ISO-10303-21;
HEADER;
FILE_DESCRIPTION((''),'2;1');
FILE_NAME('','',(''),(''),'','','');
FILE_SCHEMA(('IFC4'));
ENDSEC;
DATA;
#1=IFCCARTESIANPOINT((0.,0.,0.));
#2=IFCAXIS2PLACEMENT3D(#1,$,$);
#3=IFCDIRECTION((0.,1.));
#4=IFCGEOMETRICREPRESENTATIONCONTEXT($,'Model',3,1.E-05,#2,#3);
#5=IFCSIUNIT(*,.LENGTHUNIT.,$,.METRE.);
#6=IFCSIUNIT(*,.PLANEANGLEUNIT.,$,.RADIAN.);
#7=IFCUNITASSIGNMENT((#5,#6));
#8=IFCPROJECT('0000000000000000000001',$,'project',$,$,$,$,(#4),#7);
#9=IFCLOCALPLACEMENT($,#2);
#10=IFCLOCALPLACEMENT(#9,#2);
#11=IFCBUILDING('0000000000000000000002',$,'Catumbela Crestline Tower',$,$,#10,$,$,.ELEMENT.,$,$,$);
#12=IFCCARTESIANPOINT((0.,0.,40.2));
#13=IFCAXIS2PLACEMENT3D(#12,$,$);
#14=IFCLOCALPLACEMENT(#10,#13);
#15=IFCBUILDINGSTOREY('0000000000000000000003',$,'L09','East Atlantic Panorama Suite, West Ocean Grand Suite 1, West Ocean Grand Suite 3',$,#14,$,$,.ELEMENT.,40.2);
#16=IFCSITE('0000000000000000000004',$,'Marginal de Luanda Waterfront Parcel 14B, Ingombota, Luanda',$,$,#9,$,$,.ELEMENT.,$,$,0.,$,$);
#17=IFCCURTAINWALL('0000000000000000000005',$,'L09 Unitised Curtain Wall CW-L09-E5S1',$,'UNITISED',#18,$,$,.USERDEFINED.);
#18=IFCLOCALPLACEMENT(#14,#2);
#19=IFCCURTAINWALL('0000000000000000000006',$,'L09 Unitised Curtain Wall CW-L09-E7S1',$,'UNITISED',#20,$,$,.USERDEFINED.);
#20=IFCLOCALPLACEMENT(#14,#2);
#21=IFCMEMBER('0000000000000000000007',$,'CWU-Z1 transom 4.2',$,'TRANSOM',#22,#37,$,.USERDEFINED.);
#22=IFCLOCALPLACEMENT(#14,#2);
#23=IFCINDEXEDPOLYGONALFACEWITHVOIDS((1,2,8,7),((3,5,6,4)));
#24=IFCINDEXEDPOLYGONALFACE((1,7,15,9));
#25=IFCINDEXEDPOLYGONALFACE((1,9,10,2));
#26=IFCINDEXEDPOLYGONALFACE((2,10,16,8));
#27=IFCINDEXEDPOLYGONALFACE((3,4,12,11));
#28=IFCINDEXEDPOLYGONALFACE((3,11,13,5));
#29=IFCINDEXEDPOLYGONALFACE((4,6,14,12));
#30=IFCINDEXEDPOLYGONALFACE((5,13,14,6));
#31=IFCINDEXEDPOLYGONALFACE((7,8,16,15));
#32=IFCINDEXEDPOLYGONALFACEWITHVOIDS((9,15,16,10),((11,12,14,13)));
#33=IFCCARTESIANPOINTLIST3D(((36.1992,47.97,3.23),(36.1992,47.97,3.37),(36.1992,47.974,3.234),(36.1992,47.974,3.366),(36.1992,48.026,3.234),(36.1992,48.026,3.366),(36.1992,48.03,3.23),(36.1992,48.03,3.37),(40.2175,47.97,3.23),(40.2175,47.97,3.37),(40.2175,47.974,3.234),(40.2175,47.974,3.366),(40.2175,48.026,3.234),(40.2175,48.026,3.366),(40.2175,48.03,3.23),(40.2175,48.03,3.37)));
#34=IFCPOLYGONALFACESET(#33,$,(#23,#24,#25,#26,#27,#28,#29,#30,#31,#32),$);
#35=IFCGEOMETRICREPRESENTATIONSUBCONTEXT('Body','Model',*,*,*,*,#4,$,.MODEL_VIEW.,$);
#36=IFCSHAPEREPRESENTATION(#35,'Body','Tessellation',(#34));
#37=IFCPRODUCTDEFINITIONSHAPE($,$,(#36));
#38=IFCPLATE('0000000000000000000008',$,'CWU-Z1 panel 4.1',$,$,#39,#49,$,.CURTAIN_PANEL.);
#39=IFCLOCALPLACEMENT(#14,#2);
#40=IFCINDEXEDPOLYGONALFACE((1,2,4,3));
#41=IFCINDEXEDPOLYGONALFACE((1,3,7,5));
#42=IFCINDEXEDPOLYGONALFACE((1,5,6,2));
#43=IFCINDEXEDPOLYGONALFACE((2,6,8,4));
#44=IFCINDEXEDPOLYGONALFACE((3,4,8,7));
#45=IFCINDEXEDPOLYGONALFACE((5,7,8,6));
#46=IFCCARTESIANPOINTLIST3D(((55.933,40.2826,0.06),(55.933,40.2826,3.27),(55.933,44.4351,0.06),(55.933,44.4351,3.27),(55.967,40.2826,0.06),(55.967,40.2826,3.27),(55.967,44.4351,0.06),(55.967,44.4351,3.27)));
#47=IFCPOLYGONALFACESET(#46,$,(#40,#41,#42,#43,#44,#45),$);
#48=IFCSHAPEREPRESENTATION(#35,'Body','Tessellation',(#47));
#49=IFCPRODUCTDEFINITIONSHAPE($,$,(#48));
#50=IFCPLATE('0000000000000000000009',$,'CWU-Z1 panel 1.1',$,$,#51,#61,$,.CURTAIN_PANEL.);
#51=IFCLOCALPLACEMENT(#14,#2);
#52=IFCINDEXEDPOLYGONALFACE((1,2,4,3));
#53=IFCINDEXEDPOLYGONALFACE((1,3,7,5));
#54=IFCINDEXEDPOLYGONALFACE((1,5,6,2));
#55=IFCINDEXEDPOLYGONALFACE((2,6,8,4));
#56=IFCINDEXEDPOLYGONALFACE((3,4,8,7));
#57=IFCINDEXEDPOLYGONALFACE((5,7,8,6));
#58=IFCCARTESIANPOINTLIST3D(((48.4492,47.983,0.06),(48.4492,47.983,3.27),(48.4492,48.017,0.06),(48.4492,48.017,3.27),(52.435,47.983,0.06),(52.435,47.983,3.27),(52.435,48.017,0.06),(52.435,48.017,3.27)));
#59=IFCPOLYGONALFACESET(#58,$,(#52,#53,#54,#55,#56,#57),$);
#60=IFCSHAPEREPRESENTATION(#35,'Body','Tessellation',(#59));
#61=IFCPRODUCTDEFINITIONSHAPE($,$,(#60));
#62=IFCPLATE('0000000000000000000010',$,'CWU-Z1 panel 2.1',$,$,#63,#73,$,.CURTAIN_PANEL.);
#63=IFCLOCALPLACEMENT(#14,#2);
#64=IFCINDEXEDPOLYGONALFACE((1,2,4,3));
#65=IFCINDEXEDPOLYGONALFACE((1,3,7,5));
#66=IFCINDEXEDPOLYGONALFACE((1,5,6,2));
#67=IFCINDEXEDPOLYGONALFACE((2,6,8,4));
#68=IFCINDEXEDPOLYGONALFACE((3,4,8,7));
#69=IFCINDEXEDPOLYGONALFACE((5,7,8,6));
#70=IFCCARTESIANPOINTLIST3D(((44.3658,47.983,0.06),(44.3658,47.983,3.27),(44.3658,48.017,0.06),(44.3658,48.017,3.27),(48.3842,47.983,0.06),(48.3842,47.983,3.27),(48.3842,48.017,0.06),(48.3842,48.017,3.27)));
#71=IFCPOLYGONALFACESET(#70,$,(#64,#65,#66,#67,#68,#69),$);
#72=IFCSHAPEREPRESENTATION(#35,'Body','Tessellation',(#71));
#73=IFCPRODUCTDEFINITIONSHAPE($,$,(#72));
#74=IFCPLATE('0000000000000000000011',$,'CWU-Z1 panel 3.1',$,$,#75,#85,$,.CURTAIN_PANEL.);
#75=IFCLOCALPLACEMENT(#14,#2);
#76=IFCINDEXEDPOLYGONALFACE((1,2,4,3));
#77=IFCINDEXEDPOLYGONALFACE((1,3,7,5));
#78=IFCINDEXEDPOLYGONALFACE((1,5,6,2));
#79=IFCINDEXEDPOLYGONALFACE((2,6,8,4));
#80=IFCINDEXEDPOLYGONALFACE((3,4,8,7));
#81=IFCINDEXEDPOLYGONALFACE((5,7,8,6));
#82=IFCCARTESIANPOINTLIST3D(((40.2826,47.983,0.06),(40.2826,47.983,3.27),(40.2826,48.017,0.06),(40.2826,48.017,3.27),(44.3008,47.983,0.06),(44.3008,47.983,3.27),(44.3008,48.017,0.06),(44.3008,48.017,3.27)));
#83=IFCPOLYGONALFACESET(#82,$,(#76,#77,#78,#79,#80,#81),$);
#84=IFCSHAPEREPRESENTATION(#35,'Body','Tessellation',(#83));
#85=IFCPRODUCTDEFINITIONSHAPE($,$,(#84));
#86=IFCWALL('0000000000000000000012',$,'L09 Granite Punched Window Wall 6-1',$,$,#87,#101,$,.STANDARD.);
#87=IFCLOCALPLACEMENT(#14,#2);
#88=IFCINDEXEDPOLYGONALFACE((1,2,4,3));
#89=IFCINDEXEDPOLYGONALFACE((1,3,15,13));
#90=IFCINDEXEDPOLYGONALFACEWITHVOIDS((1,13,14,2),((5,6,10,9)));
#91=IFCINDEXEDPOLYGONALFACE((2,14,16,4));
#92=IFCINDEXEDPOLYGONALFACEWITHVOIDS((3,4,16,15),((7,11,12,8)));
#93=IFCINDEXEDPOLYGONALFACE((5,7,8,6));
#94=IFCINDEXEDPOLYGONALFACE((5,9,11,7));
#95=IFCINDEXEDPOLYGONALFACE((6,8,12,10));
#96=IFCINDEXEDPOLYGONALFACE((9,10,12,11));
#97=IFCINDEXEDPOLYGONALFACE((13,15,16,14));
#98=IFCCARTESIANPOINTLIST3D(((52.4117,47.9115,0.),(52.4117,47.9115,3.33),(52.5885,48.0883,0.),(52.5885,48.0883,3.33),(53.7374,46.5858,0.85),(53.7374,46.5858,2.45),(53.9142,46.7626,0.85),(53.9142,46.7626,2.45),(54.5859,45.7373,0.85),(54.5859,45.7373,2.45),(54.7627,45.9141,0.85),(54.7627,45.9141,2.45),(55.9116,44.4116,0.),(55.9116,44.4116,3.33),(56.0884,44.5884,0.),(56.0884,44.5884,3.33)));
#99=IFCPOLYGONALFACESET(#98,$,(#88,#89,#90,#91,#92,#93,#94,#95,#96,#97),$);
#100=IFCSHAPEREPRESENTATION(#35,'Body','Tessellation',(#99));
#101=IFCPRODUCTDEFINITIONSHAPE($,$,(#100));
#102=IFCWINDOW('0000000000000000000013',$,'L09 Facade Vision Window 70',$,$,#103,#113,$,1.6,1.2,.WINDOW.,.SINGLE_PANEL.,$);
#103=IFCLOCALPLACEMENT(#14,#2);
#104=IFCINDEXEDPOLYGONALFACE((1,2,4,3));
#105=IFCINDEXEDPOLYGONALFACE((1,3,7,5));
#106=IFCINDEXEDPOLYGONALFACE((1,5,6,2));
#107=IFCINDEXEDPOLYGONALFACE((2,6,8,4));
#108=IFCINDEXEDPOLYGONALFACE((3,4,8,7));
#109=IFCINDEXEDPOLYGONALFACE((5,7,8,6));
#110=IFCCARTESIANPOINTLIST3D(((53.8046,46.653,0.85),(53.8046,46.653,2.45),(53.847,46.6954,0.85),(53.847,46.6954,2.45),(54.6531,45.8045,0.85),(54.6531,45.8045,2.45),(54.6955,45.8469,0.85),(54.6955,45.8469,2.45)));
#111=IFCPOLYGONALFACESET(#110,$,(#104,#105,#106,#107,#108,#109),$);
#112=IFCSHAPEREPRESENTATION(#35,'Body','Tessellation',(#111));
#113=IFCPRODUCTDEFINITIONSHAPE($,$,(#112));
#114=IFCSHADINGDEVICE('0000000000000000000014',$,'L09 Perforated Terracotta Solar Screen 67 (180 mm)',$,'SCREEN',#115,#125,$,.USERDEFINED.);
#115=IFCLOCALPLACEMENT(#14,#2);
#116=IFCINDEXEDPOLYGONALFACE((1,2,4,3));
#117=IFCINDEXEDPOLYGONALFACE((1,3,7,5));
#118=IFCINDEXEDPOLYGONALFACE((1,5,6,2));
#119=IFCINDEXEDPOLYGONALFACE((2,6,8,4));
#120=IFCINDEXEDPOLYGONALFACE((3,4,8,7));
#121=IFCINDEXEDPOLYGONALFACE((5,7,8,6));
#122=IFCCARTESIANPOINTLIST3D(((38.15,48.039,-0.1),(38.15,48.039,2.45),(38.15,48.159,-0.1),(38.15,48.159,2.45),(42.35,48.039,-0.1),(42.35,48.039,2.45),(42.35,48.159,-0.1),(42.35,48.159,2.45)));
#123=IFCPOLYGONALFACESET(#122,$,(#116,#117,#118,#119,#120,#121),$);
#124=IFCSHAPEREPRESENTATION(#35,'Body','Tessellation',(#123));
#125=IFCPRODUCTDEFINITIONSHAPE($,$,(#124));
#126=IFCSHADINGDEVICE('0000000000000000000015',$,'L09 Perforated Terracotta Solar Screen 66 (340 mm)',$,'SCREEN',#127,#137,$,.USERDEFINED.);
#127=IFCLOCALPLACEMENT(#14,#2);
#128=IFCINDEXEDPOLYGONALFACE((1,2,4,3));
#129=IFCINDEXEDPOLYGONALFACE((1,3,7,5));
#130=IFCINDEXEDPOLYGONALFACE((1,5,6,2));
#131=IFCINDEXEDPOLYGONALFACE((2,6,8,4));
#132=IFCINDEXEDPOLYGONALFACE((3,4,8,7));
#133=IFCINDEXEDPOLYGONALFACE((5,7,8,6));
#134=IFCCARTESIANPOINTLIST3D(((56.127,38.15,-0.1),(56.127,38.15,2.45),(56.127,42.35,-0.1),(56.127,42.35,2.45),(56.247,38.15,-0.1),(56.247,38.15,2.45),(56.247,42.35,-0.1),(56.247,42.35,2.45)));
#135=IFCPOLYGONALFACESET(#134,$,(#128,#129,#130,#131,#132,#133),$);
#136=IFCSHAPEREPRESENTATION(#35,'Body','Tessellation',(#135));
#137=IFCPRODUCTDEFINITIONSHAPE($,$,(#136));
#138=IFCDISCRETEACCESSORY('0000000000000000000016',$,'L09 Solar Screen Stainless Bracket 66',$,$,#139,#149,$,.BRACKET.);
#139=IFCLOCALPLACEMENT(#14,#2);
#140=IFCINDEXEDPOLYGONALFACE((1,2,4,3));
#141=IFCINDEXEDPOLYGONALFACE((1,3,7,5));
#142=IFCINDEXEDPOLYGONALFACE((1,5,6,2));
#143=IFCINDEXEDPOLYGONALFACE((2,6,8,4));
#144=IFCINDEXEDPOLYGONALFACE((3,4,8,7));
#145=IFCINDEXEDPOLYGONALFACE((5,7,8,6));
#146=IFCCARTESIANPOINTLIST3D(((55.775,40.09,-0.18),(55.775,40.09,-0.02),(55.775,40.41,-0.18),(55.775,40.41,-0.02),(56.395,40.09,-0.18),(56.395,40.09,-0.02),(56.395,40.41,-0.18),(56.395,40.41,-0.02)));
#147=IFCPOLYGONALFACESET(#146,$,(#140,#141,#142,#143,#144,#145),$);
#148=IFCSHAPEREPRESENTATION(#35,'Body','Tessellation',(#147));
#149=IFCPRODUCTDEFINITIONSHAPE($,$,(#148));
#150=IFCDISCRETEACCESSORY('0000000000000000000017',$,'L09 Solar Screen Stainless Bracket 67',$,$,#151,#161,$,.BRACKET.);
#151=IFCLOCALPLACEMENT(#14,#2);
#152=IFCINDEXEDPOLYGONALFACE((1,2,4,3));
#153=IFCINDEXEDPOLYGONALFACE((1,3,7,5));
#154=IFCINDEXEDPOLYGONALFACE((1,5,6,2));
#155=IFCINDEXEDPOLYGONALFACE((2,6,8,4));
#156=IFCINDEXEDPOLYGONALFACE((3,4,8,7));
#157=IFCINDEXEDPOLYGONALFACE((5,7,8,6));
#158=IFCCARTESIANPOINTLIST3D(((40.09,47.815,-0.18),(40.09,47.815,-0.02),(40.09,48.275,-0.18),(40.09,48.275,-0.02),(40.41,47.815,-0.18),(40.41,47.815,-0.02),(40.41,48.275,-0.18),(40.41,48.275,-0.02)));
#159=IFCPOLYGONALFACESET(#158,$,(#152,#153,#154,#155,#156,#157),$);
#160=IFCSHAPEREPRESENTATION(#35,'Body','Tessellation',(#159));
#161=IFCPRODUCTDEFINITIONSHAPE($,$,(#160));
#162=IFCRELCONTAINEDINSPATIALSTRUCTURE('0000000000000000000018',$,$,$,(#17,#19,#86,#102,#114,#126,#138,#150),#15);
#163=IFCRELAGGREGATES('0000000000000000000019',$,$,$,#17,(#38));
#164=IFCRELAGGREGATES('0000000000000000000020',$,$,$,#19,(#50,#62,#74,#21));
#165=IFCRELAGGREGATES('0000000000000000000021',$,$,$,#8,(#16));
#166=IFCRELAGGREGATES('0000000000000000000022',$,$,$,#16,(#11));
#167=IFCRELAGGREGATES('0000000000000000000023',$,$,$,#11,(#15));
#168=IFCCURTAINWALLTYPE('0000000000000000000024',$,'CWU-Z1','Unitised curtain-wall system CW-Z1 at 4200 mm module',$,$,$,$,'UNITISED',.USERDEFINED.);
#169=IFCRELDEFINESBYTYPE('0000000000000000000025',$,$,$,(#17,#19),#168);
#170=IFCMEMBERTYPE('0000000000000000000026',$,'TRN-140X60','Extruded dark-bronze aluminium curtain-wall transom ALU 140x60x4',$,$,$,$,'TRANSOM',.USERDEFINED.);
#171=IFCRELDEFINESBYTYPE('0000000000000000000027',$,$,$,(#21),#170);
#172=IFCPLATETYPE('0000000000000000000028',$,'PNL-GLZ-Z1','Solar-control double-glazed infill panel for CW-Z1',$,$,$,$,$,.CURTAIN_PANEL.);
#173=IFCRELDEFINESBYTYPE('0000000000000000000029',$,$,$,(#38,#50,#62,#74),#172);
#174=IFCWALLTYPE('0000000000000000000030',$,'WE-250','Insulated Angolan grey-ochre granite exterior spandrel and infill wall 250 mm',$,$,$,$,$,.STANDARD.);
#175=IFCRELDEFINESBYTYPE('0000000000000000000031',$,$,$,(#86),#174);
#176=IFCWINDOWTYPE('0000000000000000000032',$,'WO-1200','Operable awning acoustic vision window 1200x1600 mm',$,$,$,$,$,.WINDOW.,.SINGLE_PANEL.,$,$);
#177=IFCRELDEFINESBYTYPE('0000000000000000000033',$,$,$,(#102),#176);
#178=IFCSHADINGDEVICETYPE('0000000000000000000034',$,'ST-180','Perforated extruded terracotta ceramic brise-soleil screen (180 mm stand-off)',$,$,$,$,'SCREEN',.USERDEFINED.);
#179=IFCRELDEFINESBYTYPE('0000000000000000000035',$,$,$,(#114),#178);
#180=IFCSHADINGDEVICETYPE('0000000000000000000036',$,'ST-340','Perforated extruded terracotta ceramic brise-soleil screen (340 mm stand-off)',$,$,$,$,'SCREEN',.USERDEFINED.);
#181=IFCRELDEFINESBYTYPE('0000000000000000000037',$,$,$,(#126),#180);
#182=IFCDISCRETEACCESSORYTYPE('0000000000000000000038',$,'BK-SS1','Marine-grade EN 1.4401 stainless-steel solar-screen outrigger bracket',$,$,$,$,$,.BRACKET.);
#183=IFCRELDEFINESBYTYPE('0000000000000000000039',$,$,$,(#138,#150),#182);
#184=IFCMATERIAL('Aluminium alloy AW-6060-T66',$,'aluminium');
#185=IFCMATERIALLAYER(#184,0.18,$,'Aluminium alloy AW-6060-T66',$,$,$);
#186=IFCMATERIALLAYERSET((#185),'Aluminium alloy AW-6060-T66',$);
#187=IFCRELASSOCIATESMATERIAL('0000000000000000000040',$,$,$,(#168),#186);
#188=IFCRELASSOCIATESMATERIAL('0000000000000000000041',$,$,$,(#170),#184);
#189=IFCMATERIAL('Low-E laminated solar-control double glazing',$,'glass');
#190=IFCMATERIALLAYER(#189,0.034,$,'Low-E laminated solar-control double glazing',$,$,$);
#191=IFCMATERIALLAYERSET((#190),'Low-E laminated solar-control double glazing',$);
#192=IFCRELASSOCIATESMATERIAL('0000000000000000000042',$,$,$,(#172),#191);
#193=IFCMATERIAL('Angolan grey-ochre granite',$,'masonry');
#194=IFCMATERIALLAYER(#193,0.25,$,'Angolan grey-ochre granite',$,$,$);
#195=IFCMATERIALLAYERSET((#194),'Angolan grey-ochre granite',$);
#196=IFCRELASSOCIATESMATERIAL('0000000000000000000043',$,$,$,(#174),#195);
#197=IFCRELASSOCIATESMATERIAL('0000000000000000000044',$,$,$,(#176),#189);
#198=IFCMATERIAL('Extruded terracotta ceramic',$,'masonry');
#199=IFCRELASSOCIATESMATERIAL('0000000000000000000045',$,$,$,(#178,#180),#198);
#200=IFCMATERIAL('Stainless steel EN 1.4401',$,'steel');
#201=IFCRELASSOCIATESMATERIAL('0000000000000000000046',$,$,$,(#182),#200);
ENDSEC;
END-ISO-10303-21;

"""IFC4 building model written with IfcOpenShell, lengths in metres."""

from ifc_helpers import new_model, si_unit, direction, frame, frame_2d, origin, origin_2d, place, context, subcontext, project, spatial, rectangle, hollow_rectangle, extrude, material, layer, layer_set, material_profile, profile_set, type_object, element, fill, aggregate, save


model = new_model("IFC4")

# Units and contexts
model_context = context("Model", 3, precision=1e-05, world=origin(), true_north=direction((0.0, 1.0)))
body_context = subcontext(model_context, "Body", "Model", "MODEL_VIEW")
ifc_project = project(units=[si_unit("LENGTHUNIT", "METRE"), si_unit("PLANEANGLEUNIT", "RADIAN")], contexts=[model_context])

# Site, building, storey
site_placement = place(None, origin())
site = spatial("IfcSite", under=ifc_project, at=site_placement, Name="Marginal de Luanda Waterfront Parcel 14B, Ingombota, Luanda", CompositionType="ELEMENT", RefElevation=0.0)
building_placement = place(site_placement, origin())
building = spatial("IfcBuilding", under=site, at=building_placement, Name="Catumbela Crestline Tower", CompositionType="ELEMENT")
storey_placement = place(building_placement, frame((0.0, 0.0, 40.2)))
storey = spatial("IfcBuildingStorey", under=building, at=storey_placement, Name="L09", Description="East Atlantic Panorama Suite, West Ocean Grand Suite 1, West Ocean Grand Suite 3", CompositionType="ELEMENT", Elevation=40.2)

# Curtain walls
ifc_material_1 = material(Name="Aluminium alloy AW-6060-T66", Category="aluminium")
ifc_layer_1 = layer(ifc_material_1, 0.18, Name="Aluminium alloy AW-6060-T66")
ifc_layer_set_1 = layer_set([ifc_layer_1], Name="Aluminium alloy AW-6060-T66")
curtain_wall_type = type_object("IfcCurtainWallType", Name="CWU-Z1", Description="Unitised curtain-wall system CW-Z1 at 4200 mm module", ElementType="UNITISED", PredefinedType="USERDEFINED", material=ifc_layer_set_1)
curtain_wall_1_placement = place(storey_placement, origin())
curtain_wall_1 = element("IfcCurtainWall", 1, at=curtain_wall_1_placement, inside=storey, type_object=curtain_wall_type, Name="L09 Unitised Curtain Wall CW-L09-E5S1", ObjectType="UNITISED", PredefinedType="USERDEFINED")
curtain_wall_2_placement = place(storey_placement, origin())
curtain_wall_2 = element("IfcCurtainWall", 2, at=curtain_wall_2_placement, inside=storey, type_object=curtain_wall_type, Name="L09 Unitised Curtain Wall CW-L09-E7S1", ObjectType="UNITISED", PredefinedType="USERDEFINED")

# Member
ifc_material_profile_1 = material_profile(ifc_material_1, hollow_rectangle(XDim=0.06, YDim=0.14, WallThickness=0.004, at=origin_2d()), Name="ALU 140x60x4")
ifc_profile_set_1 = profile_set([ifc_material_profile_1], Name="Aluminium alloy AW-6060-T66")
member_type_1 = type_object("IfcMemberType", Name="TRN-140X60", Description="Extruded dark-bronze aluminium curtain-wall transom ALU 140x60x4", ElementType="TRANSOM", PredefinedType="USERDEFINED", material=ifc_profile_set_1)
member_1_placement = place(storey_placement, frame((40.2175, 48.0, 3.3), z_axis=(-1.0, 0.0, 0.0), x_axis=(0.0, -1.0, 0.0)))
member_1 = element("IfcMember", 3, at=member_1_placement, type_object=member_type_1, Name="CWU-Z1 transom 4.2", ObjectType="TRANSOM", PredefinedType="USERDEFINED", context=body_context, shape_type="SweptSolid", body=[
    extrude(hollow_rectangle(XDim=0.06, YDim=0.14, WallThickness=0.004, at=origin_2d()), origin(), (0.0, 0.0, 1.0), 4.0183),
])

# Plates
ifc_material_2 = material(Name="Low-E laminated solar-control double glazing", Category="glass")
ifc_layer_2 = layer(ifc_material_2, 0.034, Name="Low-E laminated solar-control double glazing")
ifc_layer_set_2 = layer_set([ifc_layer_2], Name="Low-E laminated solar-control double glazing")
plate_type = type_object("IfcPlateType", Name="PNL-GLZ-Z1", Description="Solar-control double-glazed infill panel for CW-Z1", PredefinedType="CURTAIN_PANEL", material=ifc_layer_set_2)
plate_1_placement = place(storey_placement, frame((55.95, 42.3588, 0.06), z_axis=(0.0, 0.0, 1.0), x_axis=(0.0, 1.0, 0.0)))
plate_1 = element("IfcPlate", 4, at=plate_1_placement, type_object=plate_type, Name="CWU-Z1 panel 4.1", PredefinedType="CURTAIN_PANEL", context=body_context, shape_type="SweptSolid", body=[
    extrude(rectangle(XDim=4.1525, YDim=0.034, at=origin_2d()), origin(), (0.0, 0.0, 1.0), 3.21),
])
aggregate(curtain_wall_1, [plate_1])
plate_2_placement = place(storey_placement, frame((50.4421, 48.0, 0.06), z_axis=(0.0, 0.0, 1.0), x_axis=(-1.0, 0.0, 0.0)))
plate_2 = element("IfcPlate", 5, at=plate_2_placement, type_object=plate_type, Name="CWU-Z1 panel 1.1", PredefinedType="CURTAIN_PANEL", context=body_context, shape_type="SweptSolid", body=[
    extrude(rectangle(XDim=3.9858, YDim=0.034, at=origin_2d()), origin(), (0.0, 0.0, 1.0), 3.21),
])
plate_3_placement = place(storey_placement, frame((46.375, 48.0, 0.06), z_axis=(0.0, 0.0, 1.0), x_axis=(-1.0, 0.0, 0.0)))
plate_3 = element("IfcPlate", 6, at=plate_3_placement, type_object=plate_type, Name="CWU-Z1 panel 2.1", PredefinedType="CURTAIN_PANEL", context=body_context, shape_type="SweptSolid", body=[
    extrude(rectangle(XDim=4.0183, YDim=0.034, at=origin_2d()), origin(), (0.0, 0.0, 1.0), 3.21),
])
plate_4_placement = place(storey_placement, frame((42.2917, 48.0, 0.06), z_axis=(0.0, 0.0, 1.0), x_axis=(-1.0, 0.0, 0.0)))
plate_4 = element("IfcPlate", 7, at=plate_4_placement, type_object=plate_type, Name="CWU-Z1 panel 3.1", PredefinedType="CURTAIN_PANEL", context=body_context, shape_type="SweptSolid", body=[
    extrude(rectangle(XDim=4.0183, YDim=0.034, at=origin_2d()), origin(), (0.0, 0.0, 1.0), 3.21),
])
aggregate(curtain_wall_2, [plate_2, plate_3, plate_4, member_1])

# Wall, opening, window
ifc_material_3 = material(Name="Angolan grey-ochre granite", Category="masonry")
ifc_layer_3 = layer(ifc_material_3, 0.25, Name="Angolan grey-ochre granite")
ifc_layer_set_3 = layer_set([ifc_layer_3], Name="Angolan grey-ochre granite")
wall_type = type_object("IfcWallType", Name="WE-250", Description="Insulated Angolan grey-ochre granite exterior spandrel and infill wall 250 mm", PredefinedType="STANDARD", material=ifc_layer_set_3)
wall_placement = place(storey_placement, frame((56.0, 44.5, 0.0), z_axis=(0.0, 0.0, 1.0), x_axis=(-0.707107, 0.707107, 0.0)))
wall = element("IfcWall", 8, at=wall_placement, inside=storey, type_object=wall_type, Name="L09 Granite Punched Window Wall 6-1", PredefinedType="STANDARD", context=body_context, shape_type="SweptSolid", body=[
    extrude(rectangle(XDim=4.9497, YDim=0.25, at=frame_2d((2.4748, 0.0))), origin(), (0.0, 0.0, 1.0), 3.33),
])
opening_placement = place(wall_placement, frame((1.8748, 0.0, 0.85)))
opening = element("IfcOpeningElement", 9, at=opening_placement, cuts=wall, PredefinedType="OPENING", context=body_context, shape_type="SweptSolid", body=[
    extrude(rectangle(XDim=1.2, YDim=1.6, at=frame_2d((0.6, 0.8))), frame((0.0, 0.135, 0.0), z_axis=(0.0, -1.0, 0.0), x_axis=(1.0, 0.0, 0.0)), (0.0, 0.0, 1.0), 0.27),
])
window_type = type_object("IfcWindowType", Name="WO-1200", Description="Operable awning acoustic vision window 1200x1600 mm", PartitioningType="SINGLE_PANEL", PredefinedType="WINDOW", material=ifc_material_2)
window_placement = place(opening_placement, origin())
window = element("IfcWindow", 10, at=window_placement, inside=storey, type_object=window_type, Name="L09 Facade Vision Window 70", OverallHeight=1.6, OverallWidth=1.2, PartitioningType="SINGLE_PANEL", PredefinedType="WINDOW", context=body_context, shape_type="SweptSolid", body=[
    extrude(rectangle(XDim=1.2, YDim=1.6, at=frame_2d((0.6, 0.8))), frame((0.0, 0.03, 0.0), z_axis=(0.0, -1.0, 0.0), x_axis=(1.0, 0.0, 0.0)), (0.0, 0.0, 1.0), 0.06),
])
fill(opening, window)

# Shading devices
ifc_material_4 = material(Name="Extruded terracotta ceramic", Category="masonry")
shading_device_type_1 = type_object("IfcShadingDeviceType", Name="ST-180", Description="Perforated extruded terracotta ceramic brise-soleil screen (180 mm stand-off)", ElementType="SCREEN", PredefinedType="USERDEFINED", material=ifc_material_4)
shading_device_1_placement = place(storey_placement, frame((40.25, 48.099, -0.1), z_axis=(0.0, 0.0, 1.0), x_axis=(-1.0, 0.0, 0.0)))
element("IfcShadingDevice", 11, at=shading_device_1_placement, inside=storey, type_object=shading_device_type_1, Name="L09 Perforated Terracotta Solar Screen 67 (180 mm)", ObjectType="SCREEN", PredefinedType="USERDEFINED", context=body_context, shape_type="SweptSolid", body=[
    extrude(rectangle(XDim=4.2, YDim=0.12, at=origin_2d()), origin(), (0.0, 0.0, 1.0), 2.55),
])
shading_device_type_2 = type_object("IfcShadingDeviceType", Name="ST-340", Description="Perforated extruded terracotta ceramic brise-soleil screen (340 mm stand-off)", ElementType="SCREEN", PredefinedType="USERDEFINED", material=ifc_material_4)
shading_device_2_placement = place(storey_placement, frame((56.187, 40.25, -0.1), z_axis=(0.0, 0.0, 1.0), x_axis=(0.0, 1.0, 0.0)))
element("IfcShadingDevice", 12, at=shading_device_2_placement, inside=storey, type_object=shading_device_type_2, Name="L09 Perforated Terracotta Solar Screen 66 (340 mm)", ObjectType="SCREEN", PredefinedType="USERDEFINED", context=body_context, shape_type="SweptSolid", body=[
    extrude(rectangle(XDim=4.2, YDim=0.12, at=origin_2d()), origin(), (0.0, 0.0, 1.0), 2.55),
])

# Discrete accessories
ifc_material_5 = material(Name="Stainless steel EN 1.4401", Category="steel")
discrete_accessory_type = type_object("IfcDiscreteAccessoryType", Name="BK-SS1", Description="Marine-grade EN 1.4401 stainless-steel solar-screen outrigger bracket", PredefinedType="BRACKET", material=ifc_material_5)
discrete_accessory_1_placement = place(storey_placement, frame((56.085, 40.25, -0.18), z_axis=(0.0, 0.0, 1.0), x_axis=(0.0, 1.0, 0.0)))
element("IfcDiscreteAccessory", 13, at=discrete_accessory_1_placement, inside=storey, type_object=discrete_accessory_type, Name="L09 Solar Screen Stainless Bracket 66", PredefinedType="BRACKET", context=body_context, shape_type="SweptSolid", body=[
    extrude(rectangle(XDim=0.32, YDim=0.62, at=origin_2d()), origin(), (0.0, 0.0, 1.0), 0.16),
])
discrete_accessory_2_placement = place(storey_placement, frame((40.25, 48.045, -0.18), z_axis=(0.0, 0.0, 1.0), x_axis=(-1.0, 0.0, 0.0)))
element("IfcDiscreteAccessory", 14, at=discrete_accessory_2_placement, inside=storey, type_object=discrete_accessory_type, Name="L09 Solar Screen Stainless Bracket 67", PredefinedType="BRACKET", context=body_context, shape_type="SweptSolid", body=[
    extrude(rectangle(XDim=0.32, YDim=0.46, at=origin_2d()), origin(), (0.0, 0.0, 1.0), 0.16),
])

save(model, "model.ifc")
